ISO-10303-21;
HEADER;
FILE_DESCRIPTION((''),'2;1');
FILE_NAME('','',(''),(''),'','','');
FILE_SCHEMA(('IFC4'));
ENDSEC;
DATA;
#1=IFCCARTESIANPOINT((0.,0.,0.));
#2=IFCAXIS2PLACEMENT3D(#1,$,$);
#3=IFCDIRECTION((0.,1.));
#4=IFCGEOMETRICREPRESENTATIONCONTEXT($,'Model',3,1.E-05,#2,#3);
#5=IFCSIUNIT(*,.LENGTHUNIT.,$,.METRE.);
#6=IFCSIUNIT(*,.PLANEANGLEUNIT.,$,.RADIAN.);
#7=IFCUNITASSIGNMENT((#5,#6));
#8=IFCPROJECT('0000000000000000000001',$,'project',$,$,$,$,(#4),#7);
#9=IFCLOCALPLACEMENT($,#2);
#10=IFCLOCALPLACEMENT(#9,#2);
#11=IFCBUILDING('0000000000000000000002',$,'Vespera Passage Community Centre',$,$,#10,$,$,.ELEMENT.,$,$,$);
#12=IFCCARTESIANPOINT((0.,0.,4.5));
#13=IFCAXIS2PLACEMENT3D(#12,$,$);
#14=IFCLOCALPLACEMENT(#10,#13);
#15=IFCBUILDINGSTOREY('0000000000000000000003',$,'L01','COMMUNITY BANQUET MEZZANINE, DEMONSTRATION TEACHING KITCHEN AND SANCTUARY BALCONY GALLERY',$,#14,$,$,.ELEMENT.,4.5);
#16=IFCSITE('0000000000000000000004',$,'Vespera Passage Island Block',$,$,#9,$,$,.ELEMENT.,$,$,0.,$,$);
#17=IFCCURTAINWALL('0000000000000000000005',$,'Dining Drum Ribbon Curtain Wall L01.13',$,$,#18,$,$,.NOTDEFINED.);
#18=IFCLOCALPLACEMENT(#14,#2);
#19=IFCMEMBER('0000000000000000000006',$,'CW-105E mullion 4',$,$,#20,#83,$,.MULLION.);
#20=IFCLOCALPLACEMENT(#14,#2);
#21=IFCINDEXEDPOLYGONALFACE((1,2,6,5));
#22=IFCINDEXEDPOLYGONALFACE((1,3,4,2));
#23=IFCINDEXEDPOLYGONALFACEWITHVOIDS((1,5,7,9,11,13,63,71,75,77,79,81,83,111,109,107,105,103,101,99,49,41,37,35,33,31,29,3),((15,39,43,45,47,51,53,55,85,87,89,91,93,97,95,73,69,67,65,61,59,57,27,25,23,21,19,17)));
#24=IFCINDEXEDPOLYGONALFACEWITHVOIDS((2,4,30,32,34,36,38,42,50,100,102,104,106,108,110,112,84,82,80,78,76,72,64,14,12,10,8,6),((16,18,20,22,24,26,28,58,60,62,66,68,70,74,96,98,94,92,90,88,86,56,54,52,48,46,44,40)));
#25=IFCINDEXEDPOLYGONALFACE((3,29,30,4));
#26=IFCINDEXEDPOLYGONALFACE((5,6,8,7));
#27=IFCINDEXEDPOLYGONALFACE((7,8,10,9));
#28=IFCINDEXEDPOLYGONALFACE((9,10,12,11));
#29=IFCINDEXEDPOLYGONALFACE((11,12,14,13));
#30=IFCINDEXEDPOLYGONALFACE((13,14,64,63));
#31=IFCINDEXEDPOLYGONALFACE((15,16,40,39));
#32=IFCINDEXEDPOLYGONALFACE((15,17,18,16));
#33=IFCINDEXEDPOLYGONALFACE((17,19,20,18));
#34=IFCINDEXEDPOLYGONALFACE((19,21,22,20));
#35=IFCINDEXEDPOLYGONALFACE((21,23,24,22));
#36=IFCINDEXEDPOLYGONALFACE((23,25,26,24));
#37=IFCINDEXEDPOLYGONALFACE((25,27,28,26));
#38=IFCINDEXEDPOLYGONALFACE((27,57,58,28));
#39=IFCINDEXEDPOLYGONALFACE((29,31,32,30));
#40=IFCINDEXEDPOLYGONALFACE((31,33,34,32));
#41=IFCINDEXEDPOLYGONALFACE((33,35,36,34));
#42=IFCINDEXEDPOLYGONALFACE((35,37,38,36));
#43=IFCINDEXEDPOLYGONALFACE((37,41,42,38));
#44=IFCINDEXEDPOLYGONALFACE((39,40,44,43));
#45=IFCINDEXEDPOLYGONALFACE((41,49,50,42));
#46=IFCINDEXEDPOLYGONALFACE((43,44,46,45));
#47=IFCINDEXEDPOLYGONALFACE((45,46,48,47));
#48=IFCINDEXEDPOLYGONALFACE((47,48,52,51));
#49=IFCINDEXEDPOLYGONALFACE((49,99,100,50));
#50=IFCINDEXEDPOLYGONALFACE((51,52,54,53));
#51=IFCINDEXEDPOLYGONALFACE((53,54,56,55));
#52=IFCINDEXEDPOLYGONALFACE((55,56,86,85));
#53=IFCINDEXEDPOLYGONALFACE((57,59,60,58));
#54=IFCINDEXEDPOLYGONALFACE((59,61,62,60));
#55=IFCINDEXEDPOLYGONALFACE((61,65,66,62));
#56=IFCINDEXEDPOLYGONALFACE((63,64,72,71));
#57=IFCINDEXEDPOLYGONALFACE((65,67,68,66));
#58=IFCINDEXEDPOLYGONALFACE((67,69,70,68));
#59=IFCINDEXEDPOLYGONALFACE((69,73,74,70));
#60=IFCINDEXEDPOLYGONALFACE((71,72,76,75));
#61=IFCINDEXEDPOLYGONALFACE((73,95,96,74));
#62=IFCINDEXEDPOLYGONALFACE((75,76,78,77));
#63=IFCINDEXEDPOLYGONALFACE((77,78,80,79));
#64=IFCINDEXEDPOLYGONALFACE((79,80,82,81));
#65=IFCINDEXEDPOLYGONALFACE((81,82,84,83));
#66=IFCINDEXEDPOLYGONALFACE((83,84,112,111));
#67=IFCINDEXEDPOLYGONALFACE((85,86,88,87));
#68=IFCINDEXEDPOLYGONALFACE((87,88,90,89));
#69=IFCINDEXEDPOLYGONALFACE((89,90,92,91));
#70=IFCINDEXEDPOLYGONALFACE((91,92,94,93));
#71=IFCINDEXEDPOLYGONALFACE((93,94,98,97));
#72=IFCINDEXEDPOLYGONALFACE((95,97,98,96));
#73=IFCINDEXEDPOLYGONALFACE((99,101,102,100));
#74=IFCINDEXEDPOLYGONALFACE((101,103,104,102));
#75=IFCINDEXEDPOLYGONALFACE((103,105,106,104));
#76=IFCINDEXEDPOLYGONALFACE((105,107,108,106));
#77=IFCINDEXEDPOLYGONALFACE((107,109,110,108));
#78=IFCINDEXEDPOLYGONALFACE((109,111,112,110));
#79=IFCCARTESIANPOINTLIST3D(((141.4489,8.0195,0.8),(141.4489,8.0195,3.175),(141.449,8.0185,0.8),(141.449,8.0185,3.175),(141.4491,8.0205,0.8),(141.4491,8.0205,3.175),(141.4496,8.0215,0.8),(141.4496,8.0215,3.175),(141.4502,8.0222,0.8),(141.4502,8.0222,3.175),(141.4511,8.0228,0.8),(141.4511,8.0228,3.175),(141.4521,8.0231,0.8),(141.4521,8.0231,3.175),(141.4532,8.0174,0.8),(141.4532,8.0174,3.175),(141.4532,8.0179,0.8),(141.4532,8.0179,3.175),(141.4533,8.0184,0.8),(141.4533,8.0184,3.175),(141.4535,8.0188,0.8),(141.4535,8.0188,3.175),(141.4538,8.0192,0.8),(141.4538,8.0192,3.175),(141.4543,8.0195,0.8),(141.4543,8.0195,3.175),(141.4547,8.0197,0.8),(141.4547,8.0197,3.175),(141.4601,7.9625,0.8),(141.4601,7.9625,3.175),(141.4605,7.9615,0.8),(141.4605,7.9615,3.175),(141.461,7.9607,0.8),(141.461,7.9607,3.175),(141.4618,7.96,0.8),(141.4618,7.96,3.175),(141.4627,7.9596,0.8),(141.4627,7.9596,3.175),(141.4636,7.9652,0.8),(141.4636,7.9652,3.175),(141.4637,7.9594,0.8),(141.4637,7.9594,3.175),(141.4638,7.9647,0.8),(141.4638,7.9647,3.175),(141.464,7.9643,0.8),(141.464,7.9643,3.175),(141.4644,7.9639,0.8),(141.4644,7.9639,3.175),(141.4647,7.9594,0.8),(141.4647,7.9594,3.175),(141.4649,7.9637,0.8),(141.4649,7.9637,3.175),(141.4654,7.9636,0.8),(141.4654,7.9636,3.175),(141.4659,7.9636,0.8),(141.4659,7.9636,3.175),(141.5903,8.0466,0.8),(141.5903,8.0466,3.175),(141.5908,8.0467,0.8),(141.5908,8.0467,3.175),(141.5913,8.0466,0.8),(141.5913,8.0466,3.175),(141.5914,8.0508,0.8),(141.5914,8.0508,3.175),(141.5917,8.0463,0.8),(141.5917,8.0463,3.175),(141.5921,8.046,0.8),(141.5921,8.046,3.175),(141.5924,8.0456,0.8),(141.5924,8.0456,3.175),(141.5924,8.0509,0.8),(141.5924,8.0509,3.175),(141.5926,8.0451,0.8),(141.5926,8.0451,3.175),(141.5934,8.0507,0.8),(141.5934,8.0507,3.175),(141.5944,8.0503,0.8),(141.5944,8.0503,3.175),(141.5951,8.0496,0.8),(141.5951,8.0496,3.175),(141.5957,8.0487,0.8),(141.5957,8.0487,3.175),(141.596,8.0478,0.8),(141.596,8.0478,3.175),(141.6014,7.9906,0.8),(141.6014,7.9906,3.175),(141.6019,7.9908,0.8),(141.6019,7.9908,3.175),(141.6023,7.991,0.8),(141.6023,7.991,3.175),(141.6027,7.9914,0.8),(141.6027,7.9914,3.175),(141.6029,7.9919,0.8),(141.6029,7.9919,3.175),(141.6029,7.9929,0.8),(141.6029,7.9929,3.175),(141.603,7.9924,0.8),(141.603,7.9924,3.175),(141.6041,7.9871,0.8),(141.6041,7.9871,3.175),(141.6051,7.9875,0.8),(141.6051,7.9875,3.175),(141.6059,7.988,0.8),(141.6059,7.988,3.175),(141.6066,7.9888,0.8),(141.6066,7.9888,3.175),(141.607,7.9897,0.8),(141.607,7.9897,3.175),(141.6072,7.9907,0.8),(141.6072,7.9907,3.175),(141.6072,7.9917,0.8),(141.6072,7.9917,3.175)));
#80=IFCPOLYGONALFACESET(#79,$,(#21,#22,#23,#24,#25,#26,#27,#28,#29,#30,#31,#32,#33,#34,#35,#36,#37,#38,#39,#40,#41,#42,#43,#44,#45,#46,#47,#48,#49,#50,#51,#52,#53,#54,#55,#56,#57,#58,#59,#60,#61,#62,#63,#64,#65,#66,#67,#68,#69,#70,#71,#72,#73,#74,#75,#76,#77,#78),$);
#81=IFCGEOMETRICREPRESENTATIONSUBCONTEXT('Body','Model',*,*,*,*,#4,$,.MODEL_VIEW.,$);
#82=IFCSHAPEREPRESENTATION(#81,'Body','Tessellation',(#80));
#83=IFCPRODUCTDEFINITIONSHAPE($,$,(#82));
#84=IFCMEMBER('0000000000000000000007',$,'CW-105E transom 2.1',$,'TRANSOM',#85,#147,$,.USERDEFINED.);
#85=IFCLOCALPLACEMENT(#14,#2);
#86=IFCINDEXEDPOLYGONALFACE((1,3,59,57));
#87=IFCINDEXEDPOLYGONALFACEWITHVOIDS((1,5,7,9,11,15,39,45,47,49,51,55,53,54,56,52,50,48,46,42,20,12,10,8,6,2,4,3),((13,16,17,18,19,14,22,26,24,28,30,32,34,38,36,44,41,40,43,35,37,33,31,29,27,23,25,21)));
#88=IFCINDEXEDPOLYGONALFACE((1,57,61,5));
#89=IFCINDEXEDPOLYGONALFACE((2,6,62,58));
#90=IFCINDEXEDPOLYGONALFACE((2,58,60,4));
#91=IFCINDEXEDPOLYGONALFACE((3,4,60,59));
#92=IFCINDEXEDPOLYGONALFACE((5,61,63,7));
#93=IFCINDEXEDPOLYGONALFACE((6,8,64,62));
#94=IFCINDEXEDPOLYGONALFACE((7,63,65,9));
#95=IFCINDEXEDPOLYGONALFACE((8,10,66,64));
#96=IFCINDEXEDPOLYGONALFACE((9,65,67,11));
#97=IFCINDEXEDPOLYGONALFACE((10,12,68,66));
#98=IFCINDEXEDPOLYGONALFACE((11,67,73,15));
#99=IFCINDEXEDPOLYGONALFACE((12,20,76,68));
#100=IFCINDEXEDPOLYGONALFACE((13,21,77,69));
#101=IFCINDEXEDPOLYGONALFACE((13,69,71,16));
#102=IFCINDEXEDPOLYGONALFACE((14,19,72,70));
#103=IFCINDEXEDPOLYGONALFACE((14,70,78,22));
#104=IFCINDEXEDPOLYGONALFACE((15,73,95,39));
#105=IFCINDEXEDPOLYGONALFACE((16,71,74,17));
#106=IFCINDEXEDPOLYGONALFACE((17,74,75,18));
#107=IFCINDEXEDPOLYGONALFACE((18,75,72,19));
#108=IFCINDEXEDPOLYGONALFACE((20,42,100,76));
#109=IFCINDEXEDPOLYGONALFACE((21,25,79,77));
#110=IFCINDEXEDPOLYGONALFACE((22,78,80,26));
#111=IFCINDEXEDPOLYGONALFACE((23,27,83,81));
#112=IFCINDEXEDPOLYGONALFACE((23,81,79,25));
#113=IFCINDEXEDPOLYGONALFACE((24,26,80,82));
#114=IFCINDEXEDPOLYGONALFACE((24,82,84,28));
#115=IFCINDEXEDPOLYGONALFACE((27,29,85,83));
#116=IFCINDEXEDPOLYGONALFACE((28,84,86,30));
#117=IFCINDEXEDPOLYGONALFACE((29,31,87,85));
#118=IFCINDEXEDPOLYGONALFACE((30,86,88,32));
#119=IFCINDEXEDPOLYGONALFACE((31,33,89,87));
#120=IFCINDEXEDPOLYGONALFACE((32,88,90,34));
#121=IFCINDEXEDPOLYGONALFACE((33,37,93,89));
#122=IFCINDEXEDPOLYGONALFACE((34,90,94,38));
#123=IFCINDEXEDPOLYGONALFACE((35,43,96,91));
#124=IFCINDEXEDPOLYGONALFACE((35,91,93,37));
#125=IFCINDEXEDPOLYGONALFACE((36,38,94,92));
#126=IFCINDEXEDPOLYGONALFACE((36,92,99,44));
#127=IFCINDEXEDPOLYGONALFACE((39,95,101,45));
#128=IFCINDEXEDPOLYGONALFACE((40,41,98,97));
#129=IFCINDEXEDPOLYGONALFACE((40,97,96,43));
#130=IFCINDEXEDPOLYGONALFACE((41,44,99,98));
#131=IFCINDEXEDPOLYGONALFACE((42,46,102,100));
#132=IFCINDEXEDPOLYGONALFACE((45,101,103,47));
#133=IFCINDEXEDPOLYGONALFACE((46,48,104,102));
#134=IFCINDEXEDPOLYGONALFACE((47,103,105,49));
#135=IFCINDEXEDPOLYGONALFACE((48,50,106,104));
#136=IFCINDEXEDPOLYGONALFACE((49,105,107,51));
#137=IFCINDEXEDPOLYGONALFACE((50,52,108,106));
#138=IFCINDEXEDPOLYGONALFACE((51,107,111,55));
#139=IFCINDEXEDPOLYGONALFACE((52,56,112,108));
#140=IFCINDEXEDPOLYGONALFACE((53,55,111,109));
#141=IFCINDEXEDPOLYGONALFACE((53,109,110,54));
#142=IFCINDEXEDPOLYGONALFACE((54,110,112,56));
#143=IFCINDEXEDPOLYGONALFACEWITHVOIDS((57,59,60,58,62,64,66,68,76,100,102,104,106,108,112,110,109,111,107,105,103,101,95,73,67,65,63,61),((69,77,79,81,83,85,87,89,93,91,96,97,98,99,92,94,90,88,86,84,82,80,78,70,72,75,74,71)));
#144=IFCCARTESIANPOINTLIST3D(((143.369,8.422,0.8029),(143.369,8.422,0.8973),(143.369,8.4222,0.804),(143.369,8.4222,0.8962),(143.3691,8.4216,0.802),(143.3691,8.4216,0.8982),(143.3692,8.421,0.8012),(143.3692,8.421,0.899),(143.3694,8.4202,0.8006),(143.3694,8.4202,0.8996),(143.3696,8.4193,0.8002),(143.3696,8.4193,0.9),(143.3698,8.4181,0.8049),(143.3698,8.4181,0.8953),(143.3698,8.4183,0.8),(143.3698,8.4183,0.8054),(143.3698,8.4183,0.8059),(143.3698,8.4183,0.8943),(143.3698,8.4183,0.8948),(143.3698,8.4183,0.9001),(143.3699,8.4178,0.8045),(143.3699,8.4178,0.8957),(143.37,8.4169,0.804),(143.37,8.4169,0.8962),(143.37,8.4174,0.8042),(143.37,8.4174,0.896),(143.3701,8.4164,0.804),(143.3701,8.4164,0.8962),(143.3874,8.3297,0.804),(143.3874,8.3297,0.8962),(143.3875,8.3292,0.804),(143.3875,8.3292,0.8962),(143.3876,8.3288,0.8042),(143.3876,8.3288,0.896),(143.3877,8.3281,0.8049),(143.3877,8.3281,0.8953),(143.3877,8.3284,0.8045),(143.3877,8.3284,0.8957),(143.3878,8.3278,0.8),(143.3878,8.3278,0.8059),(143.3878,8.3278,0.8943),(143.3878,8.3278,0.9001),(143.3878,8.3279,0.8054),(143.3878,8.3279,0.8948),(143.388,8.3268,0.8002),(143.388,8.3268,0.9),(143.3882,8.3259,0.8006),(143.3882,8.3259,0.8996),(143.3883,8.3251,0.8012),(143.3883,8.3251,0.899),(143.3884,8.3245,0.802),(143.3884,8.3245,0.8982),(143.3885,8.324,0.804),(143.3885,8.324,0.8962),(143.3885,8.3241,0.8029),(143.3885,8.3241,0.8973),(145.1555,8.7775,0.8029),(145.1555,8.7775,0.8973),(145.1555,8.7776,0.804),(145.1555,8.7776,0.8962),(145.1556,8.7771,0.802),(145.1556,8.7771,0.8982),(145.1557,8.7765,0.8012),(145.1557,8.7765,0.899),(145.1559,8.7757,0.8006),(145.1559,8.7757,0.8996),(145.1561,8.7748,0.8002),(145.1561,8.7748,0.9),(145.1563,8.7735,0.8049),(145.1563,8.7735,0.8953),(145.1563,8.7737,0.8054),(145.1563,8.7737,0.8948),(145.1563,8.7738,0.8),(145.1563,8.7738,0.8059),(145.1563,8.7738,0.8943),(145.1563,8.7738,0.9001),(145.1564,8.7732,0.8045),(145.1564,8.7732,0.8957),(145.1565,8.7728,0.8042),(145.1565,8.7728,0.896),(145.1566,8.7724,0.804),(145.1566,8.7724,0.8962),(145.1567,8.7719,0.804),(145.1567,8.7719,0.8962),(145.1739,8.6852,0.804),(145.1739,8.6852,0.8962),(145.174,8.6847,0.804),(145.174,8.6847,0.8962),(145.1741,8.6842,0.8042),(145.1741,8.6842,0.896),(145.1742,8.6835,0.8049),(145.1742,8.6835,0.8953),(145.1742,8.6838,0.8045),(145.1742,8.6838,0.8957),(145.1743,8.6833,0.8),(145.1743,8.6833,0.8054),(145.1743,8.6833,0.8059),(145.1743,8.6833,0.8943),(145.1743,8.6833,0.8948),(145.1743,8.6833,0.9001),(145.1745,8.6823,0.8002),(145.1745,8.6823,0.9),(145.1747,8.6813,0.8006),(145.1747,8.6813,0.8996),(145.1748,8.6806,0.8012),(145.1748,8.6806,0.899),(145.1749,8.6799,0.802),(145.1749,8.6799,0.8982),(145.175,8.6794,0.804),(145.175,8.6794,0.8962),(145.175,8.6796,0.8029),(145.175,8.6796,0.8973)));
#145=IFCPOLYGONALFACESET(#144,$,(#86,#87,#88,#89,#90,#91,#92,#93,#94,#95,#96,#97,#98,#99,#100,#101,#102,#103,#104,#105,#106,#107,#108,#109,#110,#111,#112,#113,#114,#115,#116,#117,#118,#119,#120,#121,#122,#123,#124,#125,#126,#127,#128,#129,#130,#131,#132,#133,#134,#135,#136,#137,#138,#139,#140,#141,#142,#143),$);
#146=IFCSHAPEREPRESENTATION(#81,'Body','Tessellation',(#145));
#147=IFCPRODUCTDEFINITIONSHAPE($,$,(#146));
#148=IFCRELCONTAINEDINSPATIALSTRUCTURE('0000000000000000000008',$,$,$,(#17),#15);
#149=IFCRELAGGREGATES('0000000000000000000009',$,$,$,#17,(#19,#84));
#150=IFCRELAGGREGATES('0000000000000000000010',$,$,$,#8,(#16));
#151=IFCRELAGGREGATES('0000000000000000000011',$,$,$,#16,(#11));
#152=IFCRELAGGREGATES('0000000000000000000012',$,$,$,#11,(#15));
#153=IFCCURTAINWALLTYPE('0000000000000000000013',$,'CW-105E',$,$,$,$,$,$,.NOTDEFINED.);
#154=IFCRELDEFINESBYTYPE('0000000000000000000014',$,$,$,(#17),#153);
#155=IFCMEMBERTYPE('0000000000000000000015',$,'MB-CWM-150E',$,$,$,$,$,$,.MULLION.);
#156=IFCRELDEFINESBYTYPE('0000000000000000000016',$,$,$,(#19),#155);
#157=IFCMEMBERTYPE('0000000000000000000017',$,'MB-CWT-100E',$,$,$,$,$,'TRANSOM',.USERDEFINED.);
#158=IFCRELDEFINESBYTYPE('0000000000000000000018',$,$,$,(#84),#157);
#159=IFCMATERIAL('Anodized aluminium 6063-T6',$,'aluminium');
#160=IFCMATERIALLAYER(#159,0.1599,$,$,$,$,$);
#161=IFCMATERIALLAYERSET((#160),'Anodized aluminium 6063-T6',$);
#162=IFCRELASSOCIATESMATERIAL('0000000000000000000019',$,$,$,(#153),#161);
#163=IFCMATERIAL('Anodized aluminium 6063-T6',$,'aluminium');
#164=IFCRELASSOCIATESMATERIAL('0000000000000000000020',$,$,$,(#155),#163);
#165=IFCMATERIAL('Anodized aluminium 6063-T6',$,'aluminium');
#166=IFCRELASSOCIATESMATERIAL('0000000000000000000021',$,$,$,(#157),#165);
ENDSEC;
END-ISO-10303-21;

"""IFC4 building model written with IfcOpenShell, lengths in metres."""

from ifc_helpers import new_model, si_unit, direction, frame, origin, origin_2d, place, context, subcontext, project, spatial, hollow_rectangle, extrude, material, layer, layer_set, material_profile, profile_set, type_object, element, aggregate, save


model = new_model("IFC4")

# Units and contexts
model_context = context("Model", 3, precision=1e-05, world=origin(), true_north=direction((0.0, 1.0)))
body_context = subcontext(model_context, "Body", "Model", "MODEL_VIEW")
ifc_project = project(units=[si_unit("LENGTHUNIT", "METRE"), si_unit("PLANEANGLEUNIT", "RADIAN")], contexts=[model_context])

# Site, building, storey
site_placement = place(None, origin())
site = spatial("IfcSite", under=ifc_project, at=site_placement, Name="Vespera Passage Island Block", CompositionType="ELEMENT", RefElevation=0.0)
building_placement = place(site_placement, origin())
building = spatial("IfcBuilding", under=site, at=building_placement, Name="Vespera Passage Community Centre", CompositionType="ELEMENT")
storey_placement = place(building_placement, frame((0.0, 0.0, 4.5)))
storey = spatial("IfcBuildingStorey", under=building, at=storey_placement, Name="L01", Description="COMMUNITY BANQUET MEZZANINE, DEMONSTRATION TEACHING KITCHEN AND SANCTUARY BALCONY GALLERY", CompositionType="ELEMENT", Elevation=4.5)

# Curtain wall, members
ifc_material_1 = material(Name="Anodized aluminium 6063-T6", Category="aluminium")
ifc_layer_1 = layer(ifc_material_1, 0.1599)
ifc_layer_set_1 = layer_set([ifc_layer_1], Name="Anodized aluminium 6063-T6")
curtain_wall_type = type_object("IfcCurtainWallType", Name="CW-105E", PredefinedType="NOTDEFINED", material=ifc_layer_set_1)
curtain_wall_placement = place(storey_placement, origin())
curtain_wall = element("IfcCurtainWall", 1, at=curtain_wall_placement, inside=storey, type_object=curtain_wall_type, Name="Dining Drum Ribbon Curtain Wall L01.13", PredefinedType="NOTDEFINED")
ifc_material_2 = material(Name="Anodized aluminium 6063-T6", Category="aluminium")
ifc_material_profile_1 = material_profile(ifc_material_2, hollow_rectangle(XDim=0.0649, YDim=0.1499, WallThickness=0.0039, InnerFilletRadius=0.002, OuterFilletRadius=0.0039, at=origin_2d()), Name="ALU150X65X4")
ifc_profile_set_1 = profile_set([ifc_material_profile_1], Name="Anodized aluminium 6063-T6")
member_type_1 = type_object("IfcMemberType", Name="MB-CWM-150E", PredefinedType="MULLION", material=ifc_profile_set_1)
member_1_placement = place(storey_placement, frame((141.5281, 8.0051, 0.8), z_axis=(0.0, 0.0, 1.0), x_axis=(0.195097, -0.980784, 0.0)))
member_1 = element("IfcMember", 2, at=member_1_placement, type_object=member_type_1, Name="CW-105E mullion 4", PredefinedType="MULLION", context=body_context, shape_type="SweptSolid", body=[
    extrude(hollow_rectangle(XDim=0.0649, YDim=0.1499, WallThickness=0.0039, InnerFilletRadius=0.002, OuterFilletRadius=0.0039, at=origin_2d()), origin(), (0.0, 0.0, 1.0), 2.375),
])
ifc_material_3 = material(Name="Anodized aluminium 6063-T6", Category="aluminium")
ifc_material_profile_2 = material_profile(ifc_material_3, hollow_rectangle(XDim=0.1001, YDim=0.1001, WallThickness=0.0039, InnerFilletRadius=0.002, OuterFilletRadius=0.0039, at=origin_2d()), Name="ALU100X100X4")
ifc_profile_set_2 = profile_set([ifc_material_profile_2], Name="Anodized aluminium 6063-T6")
member_type_2 = type_object("IfcMemberType", Name="MB-CWT-100E", ElementType="TRANSOM", PredefinedType="USERDEFINED", material=ifc_profile_set_2)
member_2_placement = place(storey_placement, frame((145.1653, 8.7285, 0.8501), z_axis=(-0.980776, -0.195137, 0.0), x_axis=(0.195137, -0.980776, 0.0)))
member_2 = element("IfcMember", 3, at=member_2_placement, type_object=member_type_2, Name="CW-105E transom 2.1", ObjectType="TRANSOM", PredefinedType="USERDEFINED", context=body_context, shape_type="SweptSolid", body=[
    extrude(hollow_rectangle(XDim=0.1001, YDim=0.1001, WallThickness=0.0039, InnerFilletRadius=0.002, OuterFilletRadius=0.0039, at=origin_2d()), origin(), (0.0, 0.0, 1.0), 1.8215),
])
aggregate(curtain_wall, [member_1, member_2])

save(model, "model.ifc")
